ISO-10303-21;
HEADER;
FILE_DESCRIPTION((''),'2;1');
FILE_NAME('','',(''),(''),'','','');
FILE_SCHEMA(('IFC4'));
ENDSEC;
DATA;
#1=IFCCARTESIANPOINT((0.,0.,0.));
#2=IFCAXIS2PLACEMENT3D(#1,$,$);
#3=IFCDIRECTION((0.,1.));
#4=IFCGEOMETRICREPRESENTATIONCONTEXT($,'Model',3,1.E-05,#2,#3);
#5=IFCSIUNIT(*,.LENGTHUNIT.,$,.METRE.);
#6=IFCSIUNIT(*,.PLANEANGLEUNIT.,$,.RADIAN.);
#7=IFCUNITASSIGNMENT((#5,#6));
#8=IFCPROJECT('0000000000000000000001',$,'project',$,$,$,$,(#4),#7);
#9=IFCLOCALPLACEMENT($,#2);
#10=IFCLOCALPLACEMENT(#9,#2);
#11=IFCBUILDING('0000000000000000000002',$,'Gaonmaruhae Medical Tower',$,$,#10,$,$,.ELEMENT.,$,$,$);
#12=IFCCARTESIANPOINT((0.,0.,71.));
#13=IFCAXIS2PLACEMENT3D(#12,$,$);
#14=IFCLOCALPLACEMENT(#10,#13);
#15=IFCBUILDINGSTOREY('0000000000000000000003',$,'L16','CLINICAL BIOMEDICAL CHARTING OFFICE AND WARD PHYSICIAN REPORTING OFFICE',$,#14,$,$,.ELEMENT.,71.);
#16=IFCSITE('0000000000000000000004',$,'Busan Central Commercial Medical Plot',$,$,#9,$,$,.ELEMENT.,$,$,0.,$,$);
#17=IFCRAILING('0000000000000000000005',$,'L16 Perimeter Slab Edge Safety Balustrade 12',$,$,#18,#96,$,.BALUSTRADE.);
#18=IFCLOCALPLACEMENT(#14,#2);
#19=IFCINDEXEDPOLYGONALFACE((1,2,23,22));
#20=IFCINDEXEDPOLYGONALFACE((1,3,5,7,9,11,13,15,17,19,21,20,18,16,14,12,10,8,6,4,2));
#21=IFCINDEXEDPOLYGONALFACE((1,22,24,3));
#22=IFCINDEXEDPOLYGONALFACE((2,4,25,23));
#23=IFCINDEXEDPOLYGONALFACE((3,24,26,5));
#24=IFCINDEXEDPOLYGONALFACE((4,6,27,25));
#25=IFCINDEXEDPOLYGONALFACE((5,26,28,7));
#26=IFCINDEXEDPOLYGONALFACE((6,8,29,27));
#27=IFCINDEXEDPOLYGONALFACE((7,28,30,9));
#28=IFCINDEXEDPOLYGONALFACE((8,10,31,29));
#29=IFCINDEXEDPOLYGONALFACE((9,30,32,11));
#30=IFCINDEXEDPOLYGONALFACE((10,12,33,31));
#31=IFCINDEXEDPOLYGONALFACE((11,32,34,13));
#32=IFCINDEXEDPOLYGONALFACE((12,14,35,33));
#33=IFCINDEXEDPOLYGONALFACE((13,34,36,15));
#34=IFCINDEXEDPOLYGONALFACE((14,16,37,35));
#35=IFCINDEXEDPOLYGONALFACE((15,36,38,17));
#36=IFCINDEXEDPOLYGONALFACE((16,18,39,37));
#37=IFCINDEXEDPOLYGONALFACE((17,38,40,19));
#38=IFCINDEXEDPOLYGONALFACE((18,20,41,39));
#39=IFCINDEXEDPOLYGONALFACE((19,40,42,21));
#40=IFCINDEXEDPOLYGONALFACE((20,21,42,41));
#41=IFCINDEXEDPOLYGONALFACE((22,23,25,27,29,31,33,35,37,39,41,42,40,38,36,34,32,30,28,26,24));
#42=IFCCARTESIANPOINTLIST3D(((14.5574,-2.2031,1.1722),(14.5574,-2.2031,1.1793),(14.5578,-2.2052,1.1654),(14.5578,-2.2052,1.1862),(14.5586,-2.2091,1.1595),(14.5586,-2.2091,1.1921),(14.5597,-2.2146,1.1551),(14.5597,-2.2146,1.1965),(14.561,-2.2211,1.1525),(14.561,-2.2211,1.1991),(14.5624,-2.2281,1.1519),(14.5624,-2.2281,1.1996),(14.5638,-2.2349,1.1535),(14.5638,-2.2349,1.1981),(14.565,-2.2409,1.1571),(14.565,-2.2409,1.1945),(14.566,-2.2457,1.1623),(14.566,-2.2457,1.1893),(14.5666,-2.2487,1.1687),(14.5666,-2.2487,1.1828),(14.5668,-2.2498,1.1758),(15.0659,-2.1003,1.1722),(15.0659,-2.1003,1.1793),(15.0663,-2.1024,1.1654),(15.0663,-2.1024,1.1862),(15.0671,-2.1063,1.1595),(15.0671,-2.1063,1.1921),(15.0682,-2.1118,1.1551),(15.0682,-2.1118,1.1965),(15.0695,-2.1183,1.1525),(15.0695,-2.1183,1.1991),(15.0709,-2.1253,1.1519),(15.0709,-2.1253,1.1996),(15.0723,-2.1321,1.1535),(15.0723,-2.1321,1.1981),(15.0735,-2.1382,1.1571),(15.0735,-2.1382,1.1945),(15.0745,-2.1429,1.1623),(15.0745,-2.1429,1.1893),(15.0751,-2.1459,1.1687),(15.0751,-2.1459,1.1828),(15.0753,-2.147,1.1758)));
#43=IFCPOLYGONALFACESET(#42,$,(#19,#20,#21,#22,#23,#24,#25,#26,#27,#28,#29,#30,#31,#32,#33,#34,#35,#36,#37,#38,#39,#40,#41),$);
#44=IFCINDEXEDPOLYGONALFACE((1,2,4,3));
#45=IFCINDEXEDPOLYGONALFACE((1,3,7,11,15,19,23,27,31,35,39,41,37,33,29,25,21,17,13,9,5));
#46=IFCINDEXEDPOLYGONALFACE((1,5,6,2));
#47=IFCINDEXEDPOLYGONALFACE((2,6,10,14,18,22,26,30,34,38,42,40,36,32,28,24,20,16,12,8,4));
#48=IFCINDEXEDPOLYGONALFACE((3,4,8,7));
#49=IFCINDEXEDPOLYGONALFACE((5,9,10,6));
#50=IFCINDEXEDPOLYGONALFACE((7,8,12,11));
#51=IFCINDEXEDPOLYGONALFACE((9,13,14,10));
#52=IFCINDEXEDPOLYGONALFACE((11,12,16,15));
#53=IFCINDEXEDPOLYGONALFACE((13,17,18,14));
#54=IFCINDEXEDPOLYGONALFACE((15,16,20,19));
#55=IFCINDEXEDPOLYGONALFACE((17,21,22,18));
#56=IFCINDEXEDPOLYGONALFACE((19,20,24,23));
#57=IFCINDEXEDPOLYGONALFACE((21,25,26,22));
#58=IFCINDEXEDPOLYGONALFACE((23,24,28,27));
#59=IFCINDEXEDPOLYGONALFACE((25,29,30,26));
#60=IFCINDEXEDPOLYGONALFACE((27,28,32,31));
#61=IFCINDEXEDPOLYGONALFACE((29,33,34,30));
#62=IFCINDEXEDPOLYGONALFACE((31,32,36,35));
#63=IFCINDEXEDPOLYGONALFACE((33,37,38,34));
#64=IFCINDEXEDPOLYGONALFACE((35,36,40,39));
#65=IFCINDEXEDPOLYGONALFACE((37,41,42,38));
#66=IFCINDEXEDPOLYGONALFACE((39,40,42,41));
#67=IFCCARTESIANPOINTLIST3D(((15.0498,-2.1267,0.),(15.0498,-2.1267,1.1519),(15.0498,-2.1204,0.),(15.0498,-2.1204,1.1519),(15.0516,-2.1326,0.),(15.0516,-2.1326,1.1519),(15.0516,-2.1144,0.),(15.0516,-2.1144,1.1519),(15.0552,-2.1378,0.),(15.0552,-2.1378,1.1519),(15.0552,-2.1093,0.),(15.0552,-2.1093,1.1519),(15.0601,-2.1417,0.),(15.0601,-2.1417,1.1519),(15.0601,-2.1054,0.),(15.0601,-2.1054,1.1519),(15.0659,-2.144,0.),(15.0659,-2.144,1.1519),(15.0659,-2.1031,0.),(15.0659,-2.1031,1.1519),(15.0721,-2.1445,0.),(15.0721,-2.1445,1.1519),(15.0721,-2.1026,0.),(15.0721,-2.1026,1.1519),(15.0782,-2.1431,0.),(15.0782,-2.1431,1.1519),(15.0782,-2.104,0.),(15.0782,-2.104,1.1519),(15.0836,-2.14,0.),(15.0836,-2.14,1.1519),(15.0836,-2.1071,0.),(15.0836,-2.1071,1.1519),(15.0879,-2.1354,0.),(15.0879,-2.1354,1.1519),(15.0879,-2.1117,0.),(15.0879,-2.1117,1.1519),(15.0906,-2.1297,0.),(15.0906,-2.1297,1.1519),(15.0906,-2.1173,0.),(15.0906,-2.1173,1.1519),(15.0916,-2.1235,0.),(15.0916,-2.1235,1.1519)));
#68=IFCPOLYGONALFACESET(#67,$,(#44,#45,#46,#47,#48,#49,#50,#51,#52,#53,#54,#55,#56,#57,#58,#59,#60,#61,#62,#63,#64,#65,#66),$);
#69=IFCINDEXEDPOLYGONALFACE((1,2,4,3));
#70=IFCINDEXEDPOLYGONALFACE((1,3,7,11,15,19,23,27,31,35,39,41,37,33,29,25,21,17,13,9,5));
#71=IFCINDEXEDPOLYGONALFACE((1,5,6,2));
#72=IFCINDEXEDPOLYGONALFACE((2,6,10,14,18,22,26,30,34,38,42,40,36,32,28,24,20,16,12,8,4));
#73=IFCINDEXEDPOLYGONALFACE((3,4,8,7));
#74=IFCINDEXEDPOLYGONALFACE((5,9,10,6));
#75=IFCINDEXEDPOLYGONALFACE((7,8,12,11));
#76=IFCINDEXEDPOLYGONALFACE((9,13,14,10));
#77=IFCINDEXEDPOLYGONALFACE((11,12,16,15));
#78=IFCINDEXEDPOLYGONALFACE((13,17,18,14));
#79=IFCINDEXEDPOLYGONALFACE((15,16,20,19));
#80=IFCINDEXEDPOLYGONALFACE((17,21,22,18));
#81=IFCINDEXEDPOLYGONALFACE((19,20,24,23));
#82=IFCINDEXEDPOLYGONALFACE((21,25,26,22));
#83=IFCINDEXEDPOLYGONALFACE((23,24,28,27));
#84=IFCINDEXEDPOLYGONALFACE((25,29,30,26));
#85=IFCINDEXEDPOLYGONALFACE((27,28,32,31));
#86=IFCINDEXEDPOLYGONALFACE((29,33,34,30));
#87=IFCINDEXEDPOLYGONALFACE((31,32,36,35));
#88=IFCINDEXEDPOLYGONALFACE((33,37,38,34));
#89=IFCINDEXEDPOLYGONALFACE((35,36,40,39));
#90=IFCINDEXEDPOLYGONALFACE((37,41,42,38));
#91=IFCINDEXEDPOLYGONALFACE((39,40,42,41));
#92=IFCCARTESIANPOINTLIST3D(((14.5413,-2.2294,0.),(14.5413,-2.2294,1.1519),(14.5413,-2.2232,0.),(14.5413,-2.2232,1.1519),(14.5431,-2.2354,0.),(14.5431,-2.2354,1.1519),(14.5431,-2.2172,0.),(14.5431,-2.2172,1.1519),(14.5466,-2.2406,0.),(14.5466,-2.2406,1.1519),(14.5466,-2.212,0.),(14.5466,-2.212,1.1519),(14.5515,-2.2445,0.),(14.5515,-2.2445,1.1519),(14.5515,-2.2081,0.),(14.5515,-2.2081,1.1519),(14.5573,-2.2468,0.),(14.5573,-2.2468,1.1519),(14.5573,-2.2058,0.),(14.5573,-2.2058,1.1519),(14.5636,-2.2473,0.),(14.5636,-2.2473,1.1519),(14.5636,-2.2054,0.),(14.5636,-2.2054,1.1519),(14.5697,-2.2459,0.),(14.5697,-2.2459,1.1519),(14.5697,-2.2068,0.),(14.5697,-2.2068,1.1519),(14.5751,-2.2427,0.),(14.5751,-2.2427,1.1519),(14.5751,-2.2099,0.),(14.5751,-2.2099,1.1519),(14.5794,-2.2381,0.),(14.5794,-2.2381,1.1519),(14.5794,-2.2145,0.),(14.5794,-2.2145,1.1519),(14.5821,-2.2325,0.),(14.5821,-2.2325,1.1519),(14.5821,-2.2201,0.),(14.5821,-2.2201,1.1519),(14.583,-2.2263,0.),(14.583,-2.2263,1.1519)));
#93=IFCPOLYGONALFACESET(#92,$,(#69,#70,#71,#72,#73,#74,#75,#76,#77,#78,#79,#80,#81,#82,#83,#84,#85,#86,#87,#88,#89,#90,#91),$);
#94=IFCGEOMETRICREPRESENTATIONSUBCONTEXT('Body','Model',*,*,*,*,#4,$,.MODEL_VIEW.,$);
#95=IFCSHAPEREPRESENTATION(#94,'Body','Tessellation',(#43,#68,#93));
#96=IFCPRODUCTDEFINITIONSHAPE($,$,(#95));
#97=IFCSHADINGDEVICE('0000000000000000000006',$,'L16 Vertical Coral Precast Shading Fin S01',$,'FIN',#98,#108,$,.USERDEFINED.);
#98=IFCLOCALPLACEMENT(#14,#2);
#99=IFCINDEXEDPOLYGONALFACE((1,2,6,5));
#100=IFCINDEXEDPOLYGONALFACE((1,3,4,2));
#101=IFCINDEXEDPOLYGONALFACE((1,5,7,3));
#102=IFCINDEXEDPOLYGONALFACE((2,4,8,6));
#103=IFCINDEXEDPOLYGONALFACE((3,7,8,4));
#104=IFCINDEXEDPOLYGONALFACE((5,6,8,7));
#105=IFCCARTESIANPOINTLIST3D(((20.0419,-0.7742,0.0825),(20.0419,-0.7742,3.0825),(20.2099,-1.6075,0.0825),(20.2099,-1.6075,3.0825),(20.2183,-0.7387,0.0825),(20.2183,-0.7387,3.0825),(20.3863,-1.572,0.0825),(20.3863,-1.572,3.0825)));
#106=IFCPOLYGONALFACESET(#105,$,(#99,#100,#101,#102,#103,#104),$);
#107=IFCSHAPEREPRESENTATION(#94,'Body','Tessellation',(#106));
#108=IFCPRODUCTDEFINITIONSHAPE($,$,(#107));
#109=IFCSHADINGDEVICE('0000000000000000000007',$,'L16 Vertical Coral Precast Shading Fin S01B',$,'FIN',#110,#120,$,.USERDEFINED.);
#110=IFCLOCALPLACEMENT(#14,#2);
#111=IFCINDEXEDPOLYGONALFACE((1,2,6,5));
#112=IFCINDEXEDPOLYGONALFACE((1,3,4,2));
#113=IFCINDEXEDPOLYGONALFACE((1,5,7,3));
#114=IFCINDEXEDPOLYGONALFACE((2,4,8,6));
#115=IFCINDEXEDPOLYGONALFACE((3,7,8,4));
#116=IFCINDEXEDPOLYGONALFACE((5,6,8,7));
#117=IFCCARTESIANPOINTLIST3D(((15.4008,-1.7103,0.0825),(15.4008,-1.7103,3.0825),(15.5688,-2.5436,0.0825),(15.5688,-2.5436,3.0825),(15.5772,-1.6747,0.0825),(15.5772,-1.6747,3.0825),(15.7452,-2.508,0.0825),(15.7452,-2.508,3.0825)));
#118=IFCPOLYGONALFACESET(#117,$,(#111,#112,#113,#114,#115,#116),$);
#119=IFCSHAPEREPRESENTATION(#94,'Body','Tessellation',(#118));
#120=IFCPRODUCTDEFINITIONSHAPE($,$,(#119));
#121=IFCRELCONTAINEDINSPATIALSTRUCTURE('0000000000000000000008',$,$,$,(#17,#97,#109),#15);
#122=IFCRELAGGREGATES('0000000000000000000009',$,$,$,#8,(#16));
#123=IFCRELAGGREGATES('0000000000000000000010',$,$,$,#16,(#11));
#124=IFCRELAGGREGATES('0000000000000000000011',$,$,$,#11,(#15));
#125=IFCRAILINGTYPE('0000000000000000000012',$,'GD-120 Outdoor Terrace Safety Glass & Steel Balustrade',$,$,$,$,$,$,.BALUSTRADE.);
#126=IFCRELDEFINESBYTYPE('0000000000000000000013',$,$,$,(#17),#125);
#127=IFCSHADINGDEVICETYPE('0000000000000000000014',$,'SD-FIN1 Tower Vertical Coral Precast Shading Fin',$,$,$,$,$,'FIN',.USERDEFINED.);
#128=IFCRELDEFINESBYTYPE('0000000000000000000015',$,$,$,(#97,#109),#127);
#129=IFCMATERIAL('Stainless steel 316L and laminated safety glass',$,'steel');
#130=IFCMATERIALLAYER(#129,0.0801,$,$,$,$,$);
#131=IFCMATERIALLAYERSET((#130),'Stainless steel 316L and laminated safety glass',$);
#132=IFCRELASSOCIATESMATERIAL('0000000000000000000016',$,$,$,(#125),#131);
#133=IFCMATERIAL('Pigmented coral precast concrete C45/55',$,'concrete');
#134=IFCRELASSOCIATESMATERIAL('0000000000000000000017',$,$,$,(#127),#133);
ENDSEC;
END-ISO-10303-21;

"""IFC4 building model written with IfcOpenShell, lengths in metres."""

from ifc_helpers import new_model, si_unit, direction, frame, origin, origin_2d, place, context, subcontext, project, spatial, rectangle, circle, extrude, material, layer, layer_set, type_object, element, save


model = new_model("IFC4")

# Units and contexts
model_context = context("Model", 3, precision=1e-05, world=origin(), true_north=direction((0.0, 1.0)))
body_context = subcontext(model_context, "Body", "Model", "MODEL_VIEW")
ifc_project = project(units=[si_unit("LENGTHUNIT", "METRE"), si_unit("PLANEANGLEUNIT", "RADIAN")], contexts=[model_context])

# Site, building, storey
site_placement = place(None, origin())
site = spatial("IfcSite", under=ifc_project, at=site_placement, Name="Busan Central Commercial Medical Plot", CompositionType="ELEMENT", RefElevation=0.0)
building_placement = place(site_placement, origin())
building = spatial("IfcBuilding", under=site, at=building_placement, Name="Gaonmaruhae Medical Tower", CompositionType="ELEMENT")
storey_placement = place(building_placement, frame((0.0, 0.0, 71.0)))
storey = spatial("IfcBuildingStorey", under=building, at=storey_placement, Name="L16", Description="CLINICAL BIOMEDICAL CHARTING OFFICE AND WARD PHYSICIAN REPORTING OFFICE", CompositionType="ELEMENT", Elevation=71.0)

# Railing
ifc_material_1 = material(Name="Stainless steel 316L and laminated safety glass", Category="steel")
ifc_layer_1 = layer(ifc_material_1, 0.0801)
ifc_layer_set_1 = layer_set([ifc_layer_1], Name="Stainless steel 316L and laminated safety glass")
railing_type_1 = type_object("IfcRailingType", Name="GD-120 Outdoor Terrace Safety Glass & Steel Balustrade", PredefinedType="BALUSTRADE", material=ifc_layer_set_1)
railing_1_placement = place(storey_placement, frame((15.0706, -2.1235, 0.0)))
element("IfcRailing", 1, at=railing_1_placement, inside=storey, type_object=railing_type_1, Name="L16 Perimeter Slab Edge Safety Balustrade 12", PredefinedType="BALUSTRADE", context=body_context, shape_type="SweptSolid", body=[
    extrude(circle(Radius=0.0239, at=origin_2d()), frame((0.0, 0.0, 1.1758), z_axis=(-0.98018, -0.198107, 0.0), x_axis=(0.198107, -0.98018, 0.0)), (0.0, 0.0, 1.0), 0.5188),
    extrude(circle(Radius=0.021, at=origin_2d()), origin(), (0.0, 0.0, 1.0), 1.1519),
    extrude(circle(Radius=0.021, at=origin_2d()), frame((-0.5085, -0.1028, 0.0)), (0.0, 0.0, 1.0), 1.1519),
])

# Shading devices
ifc_material_2 = material(Name="Pigmented coral precast concrete C45/55", Category="concrete")
shading_device_type = type_object("IfcShadingDeviceType", Name="SD-FIN1 Tower Vertical Coral Precast Shading Fin", ElementType="FIN", PredefinedType="USERDEFINED", material=ifc_material_2)
for number, where, z_axis, x_axis, name in (
    (2, (20.2141, -1.1731, 0.0825), (0.0, 0.0, 1.0), (-0.980271, -0.197657, 0.0), "L16 Vertical Coral Precast Shading Fin S01"),
    (3, (15.573, -2.1091, 0.0825), (0.0, 0.0, 1.0), (-0.980271, -0.197657, 0.0), "L16 Vertical Coral Precast Shading Fin S01B"),
):
    element("IfcShadingDevice", number, at=place(storey_placement, frame(where, z_axis=z_axis, x_axis=x_axis)), inside=storey, type_object=shading_device_type, Name=name, ObjectType="FIN", PredefinedType="USERDEFINED", context=body_context, shape_type="SweptSolid", body=[
        extrude(rectangle(XDim=0.1799, YDim=0.8501, at=origin_2d()), origin(), (0.0, 0.0, 1.0), 3.0),
    ])

save(model, "model.ifc")
